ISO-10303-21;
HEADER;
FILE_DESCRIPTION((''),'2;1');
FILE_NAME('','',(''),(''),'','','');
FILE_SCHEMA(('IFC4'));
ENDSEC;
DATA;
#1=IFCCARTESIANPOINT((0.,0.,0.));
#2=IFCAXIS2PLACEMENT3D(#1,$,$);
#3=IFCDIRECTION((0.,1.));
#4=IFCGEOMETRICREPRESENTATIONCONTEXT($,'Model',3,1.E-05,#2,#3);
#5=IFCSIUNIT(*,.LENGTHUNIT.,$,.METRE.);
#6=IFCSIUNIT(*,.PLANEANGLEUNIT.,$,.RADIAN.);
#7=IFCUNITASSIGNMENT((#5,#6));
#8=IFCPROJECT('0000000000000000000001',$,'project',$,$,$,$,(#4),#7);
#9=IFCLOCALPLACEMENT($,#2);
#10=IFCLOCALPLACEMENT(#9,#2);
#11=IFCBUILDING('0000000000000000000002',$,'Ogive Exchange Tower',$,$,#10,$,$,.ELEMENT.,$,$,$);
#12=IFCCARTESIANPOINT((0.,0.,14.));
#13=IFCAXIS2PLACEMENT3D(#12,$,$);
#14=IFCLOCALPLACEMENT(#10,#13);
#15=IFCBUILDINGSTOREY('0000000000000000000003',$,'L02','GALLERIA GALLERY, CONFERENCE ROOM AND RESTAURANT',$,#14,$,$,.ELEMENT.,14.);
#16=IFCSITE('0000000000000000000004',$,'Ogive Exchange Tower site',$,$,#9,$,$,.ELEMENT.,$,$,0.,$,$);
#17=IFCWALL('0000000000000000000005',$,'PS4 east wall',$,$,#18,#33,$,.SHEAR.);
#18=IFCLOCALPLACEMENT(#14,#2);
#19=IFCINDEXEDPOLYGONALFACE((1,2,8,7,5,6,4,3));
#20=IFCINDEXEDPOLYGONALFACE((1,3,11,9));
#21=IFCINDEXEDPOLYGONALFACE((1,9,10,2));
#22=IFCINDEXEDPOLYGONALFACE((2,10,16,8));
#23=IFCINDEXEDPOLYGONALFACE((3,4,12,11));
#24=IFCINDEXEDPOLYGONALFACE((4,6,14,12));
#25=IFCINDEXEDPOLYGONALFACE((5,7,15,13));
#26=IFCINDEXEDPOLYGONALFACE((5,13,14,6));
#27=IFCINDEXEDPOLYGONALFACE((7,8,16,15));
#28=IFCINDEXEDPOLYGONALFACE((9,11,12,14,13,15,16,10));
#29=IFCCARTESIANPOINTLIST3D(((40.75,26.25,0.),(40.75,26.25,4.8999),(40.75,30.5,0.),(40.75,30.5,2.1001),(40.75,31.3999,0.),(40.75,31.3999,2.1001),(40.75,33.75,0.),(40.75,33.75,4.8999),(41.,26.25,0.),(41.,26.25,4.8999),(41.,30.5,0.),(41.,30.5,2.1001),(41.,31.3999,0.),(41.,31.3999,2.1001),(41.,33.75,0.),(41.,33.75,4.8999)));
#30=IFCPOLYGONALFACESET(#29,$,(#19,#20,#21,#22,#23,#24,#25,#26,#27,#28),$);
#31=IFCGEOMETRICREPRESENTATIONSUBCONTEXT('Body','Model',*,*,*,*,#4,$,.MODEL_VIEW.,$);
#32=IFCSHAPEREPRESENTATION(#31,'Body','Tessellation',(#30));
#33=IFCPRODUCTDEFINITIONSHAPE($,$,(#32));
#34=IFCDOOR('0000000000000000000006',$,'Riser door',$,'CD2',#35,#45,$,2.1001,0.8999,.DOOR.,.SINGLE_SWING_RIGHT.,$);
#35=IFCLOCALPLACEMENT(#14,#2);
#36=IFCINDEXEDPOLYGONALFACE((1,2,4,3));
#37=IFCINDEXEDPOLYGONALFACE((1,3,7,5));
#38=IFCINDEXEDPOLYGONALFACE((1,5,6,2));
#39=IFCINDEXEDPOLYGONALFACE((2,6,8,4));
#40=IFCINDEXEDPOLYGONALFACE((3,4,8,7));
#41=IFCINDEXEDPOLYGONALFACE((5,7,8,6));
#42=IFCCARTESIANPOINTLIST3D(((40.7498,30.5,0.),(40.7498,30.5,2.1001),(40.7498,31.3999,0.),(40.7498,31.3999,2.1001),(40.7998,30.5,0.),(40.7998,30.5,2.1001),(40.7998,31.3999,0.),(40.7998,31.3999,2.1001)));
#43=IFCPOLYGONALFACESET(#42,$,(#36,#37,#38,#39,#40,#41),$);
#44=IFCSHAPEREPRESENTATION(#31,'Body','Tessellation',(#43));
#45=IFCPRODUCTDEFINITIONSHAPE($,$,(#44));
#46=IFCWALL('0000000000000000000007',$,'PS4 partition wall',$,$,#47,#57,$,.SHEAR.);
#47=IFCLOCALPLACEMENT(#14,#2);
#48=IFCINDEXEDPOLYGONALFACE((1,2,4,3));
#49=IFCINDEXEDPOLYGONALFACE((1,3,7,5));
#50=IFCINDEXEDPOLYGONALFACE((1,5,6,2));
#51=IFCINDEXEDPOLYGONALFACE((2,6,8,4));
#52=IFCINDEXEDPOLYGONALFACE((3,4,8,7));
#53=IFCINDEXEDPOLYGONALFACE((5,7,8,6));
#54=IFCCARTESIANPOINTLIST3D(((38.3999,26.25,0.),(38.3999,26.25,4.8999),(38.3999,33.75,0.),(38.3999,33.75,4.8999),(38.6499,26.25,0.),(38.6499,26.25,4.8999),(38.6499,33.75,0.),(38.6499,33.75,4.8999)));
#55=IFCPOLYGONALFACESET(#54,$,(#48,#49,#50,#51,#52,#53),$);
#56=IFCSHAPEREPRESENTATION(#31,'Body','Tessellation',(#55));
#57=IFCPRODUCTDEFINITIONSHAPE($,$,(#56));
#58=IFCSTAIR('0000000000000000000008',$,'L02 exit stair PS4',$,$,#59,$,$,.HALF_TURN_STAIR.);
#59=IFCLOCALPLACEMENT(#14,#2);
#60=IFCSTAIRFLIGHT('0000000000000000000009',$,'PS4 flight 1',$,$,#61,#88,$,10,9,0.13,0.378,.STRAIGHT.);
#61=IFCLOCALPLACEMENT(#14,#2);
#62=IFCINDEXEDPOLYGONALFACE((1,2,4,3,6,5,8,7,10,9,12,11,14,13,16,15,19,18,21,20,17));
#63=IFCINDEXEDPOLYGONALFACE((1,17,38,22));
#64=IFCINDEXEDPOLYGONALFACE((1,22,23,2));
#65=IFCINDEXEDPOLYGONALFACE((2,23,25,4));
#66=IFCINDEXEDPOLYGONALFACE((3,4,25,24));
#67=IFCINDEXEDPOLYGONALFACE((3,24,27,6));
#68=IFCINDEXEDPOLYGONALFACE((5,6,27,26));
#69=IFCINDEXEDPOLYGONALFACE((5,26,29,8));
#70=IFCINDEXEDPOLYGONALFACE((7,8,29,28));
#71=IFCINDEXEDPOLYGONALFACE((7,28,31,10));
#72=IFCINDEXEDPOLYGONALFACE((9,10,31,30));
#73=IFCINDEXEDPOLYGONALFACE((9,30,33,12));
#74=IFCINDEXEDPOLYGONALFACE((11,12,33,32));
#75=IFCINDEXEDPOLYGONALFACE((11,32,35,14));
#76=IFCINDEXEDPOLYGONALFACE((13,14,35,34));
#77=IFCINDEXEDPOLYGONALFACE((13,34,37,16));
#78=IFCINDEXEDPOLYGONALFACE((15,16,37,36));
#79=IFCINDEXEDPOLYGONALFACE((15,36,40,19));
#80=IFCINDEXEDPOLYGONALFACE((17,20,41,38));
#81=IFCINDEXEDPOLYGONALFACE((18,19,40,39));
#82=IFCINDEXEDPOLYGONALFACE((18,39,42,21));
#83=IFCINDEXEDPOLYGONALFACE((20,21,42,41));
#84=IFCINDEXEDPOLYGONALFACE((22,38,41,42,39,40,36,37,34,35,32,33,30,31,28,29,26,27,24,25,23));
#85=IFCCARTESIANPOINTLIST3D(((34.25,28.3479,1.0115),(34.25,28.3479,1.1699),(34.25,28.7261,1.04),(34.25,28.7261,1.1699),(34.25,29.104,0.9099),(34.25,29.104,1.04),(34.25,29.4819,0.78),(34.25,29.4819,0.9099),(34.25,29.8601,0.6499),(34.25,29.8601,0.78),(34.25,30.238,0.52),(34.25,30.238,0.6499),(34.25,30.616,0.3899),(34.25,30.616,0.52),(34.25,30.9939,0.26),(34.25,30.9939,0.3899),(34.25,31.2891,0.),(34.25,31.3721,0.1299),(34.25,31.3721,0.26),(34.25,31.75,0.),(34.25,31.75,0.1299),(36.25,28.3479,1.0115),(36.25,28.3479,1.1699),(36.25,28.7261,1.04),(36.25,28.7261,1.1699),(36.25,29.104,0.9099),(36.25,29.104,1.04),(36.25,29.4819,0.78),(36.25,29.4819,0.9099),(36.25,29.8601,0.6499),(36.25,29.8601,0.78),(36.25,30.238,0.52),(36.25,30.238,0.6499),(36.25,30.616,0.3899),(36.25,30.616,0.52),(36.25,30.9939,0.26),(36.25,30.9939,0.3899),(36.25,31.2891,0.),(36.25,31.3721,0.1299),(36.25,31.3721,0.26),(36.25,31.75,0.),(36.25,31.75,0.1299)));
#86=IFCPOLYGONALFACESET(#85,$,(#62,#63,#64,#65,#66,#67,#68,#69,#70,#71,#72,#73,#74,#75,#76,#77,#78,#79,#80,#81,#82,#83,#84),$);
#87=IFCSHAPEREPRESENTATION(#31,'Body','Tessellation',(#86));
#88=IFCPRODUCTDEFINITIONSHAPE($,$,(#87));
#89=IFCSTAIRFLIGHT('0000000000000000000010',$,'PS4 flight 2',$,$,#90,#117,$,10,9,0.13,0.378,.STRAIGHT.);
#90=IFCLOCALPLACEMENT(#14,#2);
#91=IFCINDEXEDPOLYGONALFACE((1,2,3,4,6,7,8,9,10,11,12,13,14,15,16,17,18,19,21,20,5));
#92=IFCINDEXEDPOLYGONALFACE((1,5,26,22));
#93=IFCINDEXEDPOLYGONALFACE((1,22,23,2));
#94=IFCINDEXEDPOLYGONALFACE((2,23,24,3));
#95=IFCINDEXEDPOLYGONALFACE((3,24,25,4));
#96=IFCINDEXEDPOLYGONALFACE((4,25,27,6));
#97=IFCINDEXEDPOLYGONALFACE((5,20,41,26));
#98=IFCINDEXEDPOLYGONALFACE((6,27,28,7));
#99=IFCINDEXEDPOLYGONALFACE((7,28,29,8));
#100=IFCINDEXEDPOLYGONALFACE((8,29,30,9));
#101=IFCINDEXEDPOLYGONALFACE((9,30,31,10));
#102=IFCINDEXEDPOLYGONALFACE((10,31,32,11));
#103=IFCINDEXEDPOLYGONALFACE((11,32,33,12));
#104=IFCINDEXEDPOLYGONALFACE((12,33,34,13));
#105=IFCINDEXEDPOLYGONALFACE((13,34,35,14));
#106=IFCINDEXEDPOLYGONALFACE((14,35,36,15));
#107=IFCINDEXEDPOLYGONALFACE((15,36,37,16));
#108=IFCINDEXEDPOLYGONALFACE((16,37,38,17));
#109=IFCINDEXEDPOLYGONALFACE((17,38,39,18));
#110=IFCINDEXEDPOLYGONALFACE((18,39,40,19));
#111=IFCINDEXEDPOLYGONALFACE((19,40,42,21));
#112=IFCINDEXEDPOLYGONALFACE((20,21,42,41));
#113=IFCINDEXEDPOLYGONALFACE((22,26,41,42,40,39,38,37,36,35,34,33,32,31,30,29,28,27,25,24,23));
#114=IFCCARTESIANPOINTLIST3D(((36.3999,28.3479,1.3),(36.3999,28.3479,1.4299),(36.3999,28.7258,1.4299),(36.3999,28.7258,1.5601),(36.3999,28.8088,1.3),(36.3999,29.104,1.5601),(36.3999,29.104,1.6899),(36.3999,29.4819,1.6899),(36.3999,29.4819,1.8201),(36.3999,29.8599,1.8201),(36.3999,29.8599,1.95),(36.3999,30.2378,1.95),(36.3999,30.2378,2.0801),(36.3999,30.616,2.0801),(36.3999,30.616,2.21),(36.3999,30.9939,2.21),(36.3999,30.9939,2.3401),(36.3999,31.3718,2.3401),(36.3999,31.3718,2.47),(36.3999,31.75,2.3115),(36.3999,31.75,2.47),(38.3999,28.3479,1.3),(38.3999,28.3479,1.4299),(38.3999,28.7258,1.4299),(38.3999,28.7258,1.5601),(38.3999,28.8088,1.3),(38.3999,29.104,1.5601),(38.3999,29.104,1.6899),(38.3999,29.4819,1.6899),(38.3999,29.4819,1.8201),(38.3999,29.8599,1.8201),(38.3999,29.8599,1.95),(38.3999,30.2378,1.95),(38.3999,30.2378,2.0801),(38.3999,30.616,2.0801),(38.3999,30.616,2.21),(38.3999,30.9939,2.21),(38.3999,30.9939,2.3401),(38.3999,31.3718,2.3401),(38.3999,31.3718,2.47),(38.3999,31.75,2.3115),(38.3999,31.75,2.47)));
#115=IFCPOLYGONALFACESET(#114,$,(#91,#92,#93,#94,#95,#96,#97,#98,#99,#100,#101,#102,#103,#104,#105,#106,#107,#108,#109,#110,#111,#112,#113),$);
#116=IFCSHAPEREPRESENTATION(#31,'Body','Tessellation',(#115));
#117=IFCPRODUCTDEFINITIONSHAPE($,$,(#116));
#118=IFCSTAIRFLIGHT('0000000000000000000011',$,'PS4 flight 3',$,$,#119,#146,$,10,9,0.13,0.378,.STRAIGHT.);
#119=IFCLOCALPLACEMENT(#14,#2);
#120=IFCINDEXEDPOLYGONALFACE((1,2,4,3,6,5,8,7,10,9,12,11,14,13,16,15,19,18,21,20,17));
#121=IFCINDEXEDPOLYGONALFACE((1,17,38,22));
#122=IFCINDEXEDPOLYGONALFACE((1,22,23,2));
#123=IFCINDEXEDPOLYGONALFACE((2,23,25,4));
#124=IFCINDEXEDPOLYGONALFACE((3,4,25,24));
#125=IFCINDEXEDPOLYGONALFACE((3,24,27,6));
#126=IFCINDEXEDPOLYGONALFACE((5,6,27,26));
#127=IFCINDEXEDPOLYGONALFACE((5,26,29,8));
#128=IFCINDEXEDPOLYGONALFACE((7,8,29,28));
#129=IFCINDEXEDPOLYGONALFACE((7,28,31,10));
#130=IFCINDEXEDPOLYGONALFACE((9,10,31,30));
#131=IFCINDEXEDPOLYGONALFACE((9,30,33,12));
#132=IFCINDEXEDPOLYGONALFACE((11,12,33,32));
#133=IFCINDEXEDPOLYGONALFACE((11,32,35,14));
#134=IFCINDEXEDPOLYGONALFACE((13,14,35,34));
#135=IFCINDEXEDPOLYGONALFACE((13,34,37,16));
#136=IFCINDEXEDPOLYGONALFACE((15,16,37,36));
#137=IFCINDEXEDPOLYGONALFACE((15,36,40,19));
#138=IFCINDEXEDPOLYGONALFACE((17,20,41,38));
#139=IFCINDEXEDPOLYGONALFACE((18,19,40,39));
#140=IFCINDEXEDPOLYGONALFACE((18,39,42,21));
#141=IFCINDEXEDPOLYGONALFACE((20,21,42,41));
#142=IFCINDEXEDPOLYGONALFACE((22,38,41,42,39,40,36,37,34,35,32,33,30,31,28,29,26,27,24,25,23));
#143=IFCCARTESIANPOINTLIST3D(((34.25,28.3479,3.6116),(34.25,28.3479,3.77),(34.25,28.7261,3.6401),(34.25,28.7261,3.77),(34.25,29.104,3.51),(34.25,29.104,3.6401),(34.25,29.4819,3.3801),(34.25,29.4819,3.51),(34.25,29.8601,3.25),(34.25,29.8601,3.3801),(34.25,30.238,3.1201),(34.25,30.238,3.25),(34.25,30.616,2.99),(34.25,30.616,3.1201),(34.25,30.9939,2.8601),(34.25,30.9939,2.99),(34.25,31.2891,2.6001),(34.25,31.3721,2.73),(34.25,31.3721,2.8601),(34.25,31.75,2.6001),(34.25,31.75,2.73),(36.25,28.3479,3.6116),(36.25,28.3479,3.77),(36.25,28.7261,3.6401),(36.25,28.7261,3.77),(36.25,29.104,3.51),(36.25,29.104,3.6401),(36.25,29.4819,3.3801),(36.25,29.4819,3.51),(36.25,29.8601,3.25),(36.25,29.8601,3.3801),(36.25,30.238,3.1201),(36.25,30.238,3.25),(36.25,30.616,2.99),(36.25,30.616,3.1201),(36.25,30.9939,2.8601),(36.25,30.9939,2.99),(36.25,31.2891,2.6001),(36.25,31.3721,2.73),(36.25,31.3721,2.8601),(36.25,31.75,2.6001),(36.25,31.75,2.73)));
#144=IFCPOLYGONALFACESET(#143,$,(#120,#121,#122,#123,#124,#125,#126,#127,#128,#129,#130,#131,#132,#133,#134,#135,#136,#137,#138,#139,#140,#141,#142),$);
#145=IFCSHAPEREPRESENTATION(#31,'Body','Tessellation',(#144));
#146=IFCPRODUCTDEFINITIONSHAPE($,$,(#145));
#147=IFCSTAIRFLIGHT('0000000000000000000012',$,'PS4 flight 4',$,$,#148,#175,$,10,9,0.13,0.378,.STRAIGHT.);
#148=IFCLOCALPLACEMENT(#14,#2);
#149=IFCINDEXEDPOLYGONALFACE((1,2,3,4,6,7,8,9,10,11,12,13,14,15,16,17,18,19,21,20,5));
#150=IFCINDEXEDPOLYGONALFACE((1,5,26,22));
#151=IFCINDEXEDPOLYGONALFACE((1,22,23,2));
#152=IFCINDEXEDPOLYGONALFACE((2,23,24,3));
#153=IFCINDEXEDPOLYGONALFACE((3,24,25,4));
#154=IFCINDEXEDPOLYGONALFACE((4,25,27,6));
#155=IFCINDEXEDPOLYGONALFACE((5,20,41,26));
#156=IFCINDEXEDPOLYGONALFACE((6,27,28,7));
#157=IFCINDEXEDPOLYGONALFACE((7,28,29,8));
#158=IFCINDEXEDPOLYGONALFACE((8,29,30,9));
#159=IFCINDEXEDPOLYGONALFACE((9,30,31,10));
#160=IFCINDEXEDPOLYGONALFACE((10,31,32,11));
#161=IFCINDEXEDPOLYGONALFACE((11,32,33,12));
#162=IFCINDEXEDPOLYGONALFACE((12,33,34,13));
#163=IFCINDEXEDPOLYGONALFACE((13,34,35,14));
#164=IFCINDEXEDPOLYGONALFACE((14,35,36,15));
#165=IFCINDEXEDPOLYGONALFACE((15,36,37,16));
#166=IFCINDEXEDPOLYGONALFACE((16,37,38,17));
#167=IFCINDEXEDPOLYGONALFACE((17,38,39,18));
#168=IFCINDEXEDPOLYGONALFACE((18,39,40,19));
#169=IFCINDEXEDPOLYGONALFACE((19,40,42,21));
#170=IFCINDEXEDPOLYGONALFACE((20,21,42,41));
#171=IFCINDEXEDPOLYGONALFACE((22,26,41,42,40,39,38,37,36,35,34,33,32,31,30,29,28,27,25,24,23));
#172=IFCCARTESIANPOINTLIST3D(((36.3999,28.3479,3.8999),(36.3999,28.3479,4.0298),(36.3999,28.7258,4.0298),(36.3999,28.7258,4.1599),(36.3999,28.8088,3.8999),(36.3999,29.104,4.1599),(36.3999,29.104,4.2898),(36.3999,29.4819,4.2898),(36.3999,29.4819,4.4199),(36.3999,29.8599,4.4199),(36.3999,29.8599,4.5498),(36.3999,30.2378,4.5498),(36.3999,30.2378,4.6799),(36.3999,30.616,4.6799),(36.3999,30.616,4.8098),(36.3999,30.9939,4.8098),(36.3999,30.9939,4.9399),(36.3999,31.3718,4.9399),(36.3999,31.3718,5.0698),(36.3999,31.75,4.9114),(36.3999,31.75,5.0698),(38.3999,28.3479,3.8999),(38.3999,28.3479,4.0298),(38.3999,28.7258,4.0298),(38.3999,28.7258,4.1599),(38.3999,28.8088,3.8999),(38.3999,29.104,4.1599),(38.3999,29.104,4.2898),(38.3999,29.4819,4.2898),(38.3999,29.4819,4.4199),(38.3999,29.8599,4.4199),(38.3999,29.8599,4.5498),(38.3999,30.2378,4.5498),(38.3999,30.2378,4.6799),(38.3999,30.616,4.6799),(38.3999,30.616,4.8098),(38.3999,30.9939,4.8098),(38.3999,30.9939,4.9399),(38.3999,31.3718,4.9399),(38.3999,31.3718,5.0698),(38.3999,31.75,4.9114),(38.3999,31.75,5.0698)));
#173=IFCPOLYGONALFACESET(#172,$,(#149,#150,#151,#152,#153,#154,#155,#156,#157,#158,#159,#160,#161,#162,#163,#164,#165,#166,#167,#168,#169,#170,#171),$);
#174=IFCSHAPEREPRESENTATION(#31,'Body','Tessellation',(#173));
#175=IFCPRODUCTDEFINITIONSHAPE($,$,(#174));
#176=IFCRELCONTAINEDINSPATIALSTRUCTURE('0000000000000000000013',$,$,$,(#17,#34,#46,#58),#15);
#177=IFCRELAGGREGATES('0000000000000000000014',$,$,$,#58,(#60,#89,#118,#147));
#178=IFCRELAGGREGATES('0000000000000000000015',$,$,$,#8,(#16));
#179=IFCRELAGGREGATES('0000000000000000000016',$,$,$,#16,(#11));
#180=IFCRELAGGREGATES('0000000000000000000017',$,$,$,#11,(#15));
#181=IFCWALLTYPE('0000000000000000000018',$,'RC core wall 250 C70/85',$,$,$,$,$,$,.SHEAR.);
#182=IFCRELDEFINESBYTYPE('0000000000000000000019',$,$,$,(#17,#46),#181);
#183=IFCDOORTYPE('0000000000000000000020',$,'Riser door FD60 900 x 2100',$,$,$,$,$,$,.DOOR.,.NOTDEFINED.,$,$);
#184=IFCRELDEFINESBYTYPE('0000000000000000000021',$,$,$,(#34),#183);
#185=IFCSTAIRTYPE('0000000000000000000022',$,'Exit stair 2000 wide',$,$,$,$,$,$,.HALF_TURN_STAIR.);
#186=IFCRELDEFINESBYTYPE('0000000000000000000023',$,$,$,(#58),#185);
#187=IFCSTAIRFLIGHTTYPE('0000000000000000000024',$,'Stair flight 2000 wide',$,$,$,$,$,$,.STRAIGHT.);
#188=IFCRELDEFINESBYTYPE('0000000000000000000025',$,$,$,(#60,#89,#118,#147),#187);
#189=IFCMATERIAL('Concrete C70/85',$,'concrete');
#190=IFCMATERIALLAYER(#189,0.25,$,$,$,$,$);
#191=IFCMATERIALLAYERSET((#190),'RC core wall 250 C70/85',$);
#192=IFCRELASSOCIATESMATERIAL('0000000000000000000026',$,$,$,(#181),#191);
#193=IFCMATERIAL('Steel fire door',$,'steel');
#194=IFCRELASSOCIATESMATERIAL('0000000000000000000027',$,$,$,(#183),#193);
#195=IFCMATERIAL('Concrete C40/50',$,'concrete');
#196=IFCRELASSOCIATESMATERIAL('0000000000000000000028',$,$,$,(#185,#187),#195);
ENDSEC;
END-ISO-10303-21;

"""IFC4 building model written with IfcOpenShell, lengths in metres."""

from ifc_helpers import new_model, si_unit, direction, frame, frame_2d, origin, place, context, subcontext, project, spatial, polyline, rectangle, outline, extrude, material, layer, layer_set, type_object, element, fill, aggregate, save


model = new_model("IFC4")

# Units and contexts
model_context = context("Model", 3, precision=1e-05, world=origin(), true_north=direction((0.0, 1.0)))
body_context = subcontext(model_context, "Body", "Model", "MODEL_VIEW")
ifc_project = project(units=[si_unit("LENGTHUNIT", "METRE"), si_unit("PLANEANGLEUNIT", "RADIAN")], contexts=[model_context])

# Site, building, storey
site_placement = place(None, origin())
site = spatial("IfcSite", under=ifc_project, at=site_placement, Name="Ogive Exchange Tower site", CompositionType="ELEMENT", RefElevation=0.0)
building_placement = place(site_placement, origin())
building = spatial("IfcBuilding", under=site, at=building_placement, Name="Ogive Exchange Tower", CompositionType="ELEMENT")
storey_placement = place(building_placement, frame((0.0, 0.0, 14.0)))
storey = spatial("IfcBuildingStorey", under=building, at=storey_placement, Name="L02", Description="GALLERIA GALLERY, CONFERENCE ROOM AND RESTAURANT", CompositionType="ELEMENT", Elevation=14.0)

# Shared definitions
ifc_material_1 = material(Name="Concrete C70/85", Category="concrete")

# Wall, opening, door
ifc_layer_1 = layer(ifc_material_1, 0.25)
ifc_layer_set_1 = layer_set([ifc_layer_1], Name="RC core wall 250 C70/85")
wall_type_1 = type_object("IfcWallType", Name="RC core wall 250 C70/85", PredefinedType="SHEAR", material=ifc_layer_set_1)
ifc_material_2 = material(Name="Steel fire door", Category="steel")
wall_1_placement = place(storey_placement, frame((40.875, 26.25, 0.0), z_axis=(0.0, 0.0, 1.0), x_axis=(0.0, 1.0, 0.0)))
wall_1 = element("IfcWall", 1, at=wall_1_placement, inside=storey, type_object=wall_type_1, Name="PS4 east wall", PredefinedType="SHEAR", context=body_context, shape_type="SweptSolid", body=[
    extrude(rectangle(XDim=7.5, YDim=0.25, at=frame_2d((3.75, 0.0))), origin(), (0.0, 0.0, 1.0), 4.8999),
])
opening_1_placement = place(wall_1_placement, frame((4.25, 0.0, 0.0)))
opening_1 = element("IfcOpeningElement", 2, at=opening_1_placement, cuts=wall_1, PredefinedType="OPENING", context=body_context, shape_type="SweptSolid", body=[
    extrude(rectangle(XDim=0.8999, YDim=2.1001, at=frame_2d((0.45, 1.05))), frame((0.0, 0.135, 0.0), z_axis=(0.0, -1.0, 0.0), x_axis=(1.0, 0.0, 0.0)), (0.0, 0.0, 1.0), 0.27),
])
door_type_1 = type_object("IfcDoorType", Name="Riser door FD60 900 x 2100", OperationType="NOTDEFINED", PredefinedType="DOOR", material=ifc_material_2)
door_1_placement = place(opening_1_placement, frame((0.8999, 0.2002, 0.0), z_axis=(0.0, 0.0, 1.0), x_axis=(-1.0, 0.0, 0.0)))
door_1 = element("IfcDoor", 3, at=door_1_placement, inside=storey, type_object=door_type_1, Name="Riser door", ObjectType="CD2", OperationType="SINGLE_SWING_RIGHT", OverallHeight=2.1001, OverallWidth=0.8999, PredefinedType="DOOR", context=body_context, shape_type="SweptSolid", body=[
    extrude(rectangle(XDim=0.8999, YDim=2.1001, at=frame_2d((0.45, 1.05))), frame((0.0, 0.125, 0.0), z_axis=(0.0, -1.0, 0.0), x_axis=(1.0, 0.0, 0.0)), (0.0, 0.0, 1.0), 0.05),
])
fill(opening_1, door_1)

# Wall
wall_2_placement = place(storey_placement, frame((38.5249, 26.25, 0.0), z_axis=(0.0, 0.0, 1.0), x_axis=(0.0, 1.0, 0.0)))
element("IfcWall", 4, at=wall_2_placement, inside=storey, type_object=wall_type_1, Name="PS4 partition wall", PredefinedType="SHEAR", context=body_context, shape_type="SweptSolid", body=[
    extrude(rectangle(XDim=7.5, YDim=0.25, at=frame_2d((3.75, 0.0))), origin(), (0.0, 0.0, 1.0), 4.8999),
])

# Stair, stair flights
ifc_material_3 = material(Name="Concrete C40/50", Category="concrete")
stair_type = type_object("IfcStairType", Name="Exit stair 2000 wide", PredefinedType="HALF_TURN_STAIR", material=ifc_material_3)
stair_placement = place(storey_placement, origin())
stair = element("IfcStair", 5, at=stair_placement, inside=storey, type_object=stair_type, Name="L02 exit stair PS4", PredefinedType="HALF_TURN_STAIR")
stair_flight_type = type_object("IfcStairFlightType", Name="Stair flight 2000 wide", PredefinedType="STRAIGHT", material=ifc_material_3)
stair_flight_1_placement = place(storey_placement, frame((35.25, 31.75, 0.0), z_axis=(0.0, 0.0, 1.0), x_axis=(0.0, -1.0, 0.0)))
stair_flight_1 = element("IfcStairFlight", 6, at=stair_flight_1_placement, type_object=stair_flight_type, Name="PS4 flight 1", NumberOfRisers=10, NumberOfTreads=9, PredefinedType="STRAIGHT", RiserHeight=0.13, TreadLength=0.378, context=body_context, shape_type="SweptSolid", body=[
    extrude(outline(polyline([(0.0, 0.0), (0.0, 0.1299), (0.3779, 0.1299), (0.3779, 0.26), (0.7561, 0.26), (0.7561, 0.3899), (1.134, 0.3899), (1.134, 0.52), (1.512, 0.52), (1.512, 0.6499), (1.8899, 0.6499), (1.8899, 0.78), (2.2681, 0.78), (2.2681, 0.9099), (2.646, 0.9099), (2.646, 1.04), (3.0239, 1.04), (3.0239, 1.1699), (3.4021, 1.1699), (3.4021, 1.3), (3.4021, 1.0115), (0.4609, 0.0), (0.0, 0.0)])), frame((0.0, 1.0, 0.0), z_axis=(0.0, -1.0, 0.0), x_axis=(1.0, 0.0, 0.0)), (0.0, 0.0, 1.0), 2.0),
])
stair_flight_2_placement = place(storey_placement, frame((37.3999, 28.3479, 1.3), z_axis=(0.0, 0.0, 1.0), x_axis=(0.0, 1.0, 0.0)))
stair_flight_2 = element("IfcStairFlight", 7, at=stair_flight_2_placement, type_object=stair_flight_type, Name="PS4 flight 2", NumberOfRisers=10, NumberOfTreads=9, PredefinedType="STRAIGHT", RiserHeight=0.13, TreadLength=0.378, context=body_context, shape_type="SweptSolid", body=[
    extrude(outline(polyline([(0.0, 0.0), (0.0, 0.1299), (0.3779, 0.1299), (0.3779, 0.26), (0.7561, 0.26), (0.7561, 0.3899), (1.134, 0.3899), (1.134, 0.52), (1.512, 0.52), (1.512, 0.6499), (1.8899, 0.6499), (1.8899, 0.78), (2.2681, 0.78), (2.2681, 0.9099), (2.646, 0.9099), (2.646, 1.04), (3.0239, 1.04), (3.0239, 1.1699), (3.4021, 1.1699), (3.4021, 1.3), (3.4021, 1.0115), (0.4609, 0.0), (0.0, 0.0)])), frame((0.0, 1.0, 0.0), z_axis=(0.0, -1.0, 0.0), x_axis=(1.0, 0.0, 0.0)), (0.0, 0.0, 1.0), 2.0),
])
stair_flight_3_placement = place(storey_placement, frame((35.25, 31.75, 2.6001), z_axis=(0.0, 0.0, 1.0), x_axis=(0.0, -1.0, 0.0)))
stair_flight_3 = element("IfcStairFlight", 8, at=stair_flight_3_placement, type_object=stair_flight_type, Name="PS4 flight 3", NumberOfRisers=10, NumberOfTreads=9, PredefinedType="STRAIGHT", RiserHeight=0.13, TreadLength=0.378, context=body_context, shape_type="SweptSolid", body=[
    extrude(outline(polyline([(0.0, 0.0), (0.0, 0.1299), (0.3779, 0.1299), (0.3779, 0.26), (0.7561, 0.26), (0.7561, 0.3899), (1.134, 0.3899), (1.134, 0.52), (1.512, 0.52), (1.512, 0.6499), (1.8899, 0.6499), (1.8899, 0.78), (2.2681, 0.78), (2.2681, 0.9099), (2.646, 0.9099), (2.646, 1.04), (3.0239, 1.04), (3.0239, 1.1699), (3.4021, 1.1699), (3.4021, 1.3), (3.4021, 1.0115), (0.4609, 0.0), (0.0, 0.0)])), frame((0.0, 1.0, 0.0), z_axis=(0.0, -1.0, 0.0), x_axis=(1.0, 0.0, 0.0)), (0.0, 0.0, 1.0), 2.0),
])
stair_flight_4_placement = place(storey_placement, frame((37.3999, 28.3479, 3.8999), z_axis=(0.0, 0.0, 1.0), x_axis=(0.0, 1.0, 0.0)))
stair_flight_4 = element("IfcStairFlight", 9, at=stair_flight_4_placement, type_object=stair_flight_type, Name="PS4 flight 4", NumberOfRisers=10, NumberOfTreads=9, PredefinedType="STRAIGHT", RiserHeight=0.13, TreadLength=0.378, context=body_context, shape_type="SweptSolid", body=[
    extrude(outline(polyline([(0.0, 0.0), (0.0, 0.1299), (0.3779, 0.1299), (0.3779, 0.26), (0.7561, 0.26), (0.7561, 0.3899), (1.134, 0.3899), (1.134, 0.52), (1.512, 0.52), (1.512, 0.6499), (1.8899, 0.6499), (1.8899, 0.78), (2.2681, 0.78), (2.2681, 0.9099), (2.646, 0.9099), (2.646, 1.04), (3.0239, 1.04), (3.0239, 1.1699), (3.4021, 1.1699), (3.4021, 1.3), (3.4021, 1.0115), (0.4609, 0.0), (0.0, 0.0)])), frame((0.0, 1.0, 0.0), z_axis=(0.0, -1.0, 0.0), x_axis=(1.0, 0.0, 0.0)), (0.0, 0.0, 1.0), 2.0),
])
aggregate(stair, [stair_flight_1, stair_flight_2, stair_flight_3, stair_flight_4])

save(model, "model.ifc")
